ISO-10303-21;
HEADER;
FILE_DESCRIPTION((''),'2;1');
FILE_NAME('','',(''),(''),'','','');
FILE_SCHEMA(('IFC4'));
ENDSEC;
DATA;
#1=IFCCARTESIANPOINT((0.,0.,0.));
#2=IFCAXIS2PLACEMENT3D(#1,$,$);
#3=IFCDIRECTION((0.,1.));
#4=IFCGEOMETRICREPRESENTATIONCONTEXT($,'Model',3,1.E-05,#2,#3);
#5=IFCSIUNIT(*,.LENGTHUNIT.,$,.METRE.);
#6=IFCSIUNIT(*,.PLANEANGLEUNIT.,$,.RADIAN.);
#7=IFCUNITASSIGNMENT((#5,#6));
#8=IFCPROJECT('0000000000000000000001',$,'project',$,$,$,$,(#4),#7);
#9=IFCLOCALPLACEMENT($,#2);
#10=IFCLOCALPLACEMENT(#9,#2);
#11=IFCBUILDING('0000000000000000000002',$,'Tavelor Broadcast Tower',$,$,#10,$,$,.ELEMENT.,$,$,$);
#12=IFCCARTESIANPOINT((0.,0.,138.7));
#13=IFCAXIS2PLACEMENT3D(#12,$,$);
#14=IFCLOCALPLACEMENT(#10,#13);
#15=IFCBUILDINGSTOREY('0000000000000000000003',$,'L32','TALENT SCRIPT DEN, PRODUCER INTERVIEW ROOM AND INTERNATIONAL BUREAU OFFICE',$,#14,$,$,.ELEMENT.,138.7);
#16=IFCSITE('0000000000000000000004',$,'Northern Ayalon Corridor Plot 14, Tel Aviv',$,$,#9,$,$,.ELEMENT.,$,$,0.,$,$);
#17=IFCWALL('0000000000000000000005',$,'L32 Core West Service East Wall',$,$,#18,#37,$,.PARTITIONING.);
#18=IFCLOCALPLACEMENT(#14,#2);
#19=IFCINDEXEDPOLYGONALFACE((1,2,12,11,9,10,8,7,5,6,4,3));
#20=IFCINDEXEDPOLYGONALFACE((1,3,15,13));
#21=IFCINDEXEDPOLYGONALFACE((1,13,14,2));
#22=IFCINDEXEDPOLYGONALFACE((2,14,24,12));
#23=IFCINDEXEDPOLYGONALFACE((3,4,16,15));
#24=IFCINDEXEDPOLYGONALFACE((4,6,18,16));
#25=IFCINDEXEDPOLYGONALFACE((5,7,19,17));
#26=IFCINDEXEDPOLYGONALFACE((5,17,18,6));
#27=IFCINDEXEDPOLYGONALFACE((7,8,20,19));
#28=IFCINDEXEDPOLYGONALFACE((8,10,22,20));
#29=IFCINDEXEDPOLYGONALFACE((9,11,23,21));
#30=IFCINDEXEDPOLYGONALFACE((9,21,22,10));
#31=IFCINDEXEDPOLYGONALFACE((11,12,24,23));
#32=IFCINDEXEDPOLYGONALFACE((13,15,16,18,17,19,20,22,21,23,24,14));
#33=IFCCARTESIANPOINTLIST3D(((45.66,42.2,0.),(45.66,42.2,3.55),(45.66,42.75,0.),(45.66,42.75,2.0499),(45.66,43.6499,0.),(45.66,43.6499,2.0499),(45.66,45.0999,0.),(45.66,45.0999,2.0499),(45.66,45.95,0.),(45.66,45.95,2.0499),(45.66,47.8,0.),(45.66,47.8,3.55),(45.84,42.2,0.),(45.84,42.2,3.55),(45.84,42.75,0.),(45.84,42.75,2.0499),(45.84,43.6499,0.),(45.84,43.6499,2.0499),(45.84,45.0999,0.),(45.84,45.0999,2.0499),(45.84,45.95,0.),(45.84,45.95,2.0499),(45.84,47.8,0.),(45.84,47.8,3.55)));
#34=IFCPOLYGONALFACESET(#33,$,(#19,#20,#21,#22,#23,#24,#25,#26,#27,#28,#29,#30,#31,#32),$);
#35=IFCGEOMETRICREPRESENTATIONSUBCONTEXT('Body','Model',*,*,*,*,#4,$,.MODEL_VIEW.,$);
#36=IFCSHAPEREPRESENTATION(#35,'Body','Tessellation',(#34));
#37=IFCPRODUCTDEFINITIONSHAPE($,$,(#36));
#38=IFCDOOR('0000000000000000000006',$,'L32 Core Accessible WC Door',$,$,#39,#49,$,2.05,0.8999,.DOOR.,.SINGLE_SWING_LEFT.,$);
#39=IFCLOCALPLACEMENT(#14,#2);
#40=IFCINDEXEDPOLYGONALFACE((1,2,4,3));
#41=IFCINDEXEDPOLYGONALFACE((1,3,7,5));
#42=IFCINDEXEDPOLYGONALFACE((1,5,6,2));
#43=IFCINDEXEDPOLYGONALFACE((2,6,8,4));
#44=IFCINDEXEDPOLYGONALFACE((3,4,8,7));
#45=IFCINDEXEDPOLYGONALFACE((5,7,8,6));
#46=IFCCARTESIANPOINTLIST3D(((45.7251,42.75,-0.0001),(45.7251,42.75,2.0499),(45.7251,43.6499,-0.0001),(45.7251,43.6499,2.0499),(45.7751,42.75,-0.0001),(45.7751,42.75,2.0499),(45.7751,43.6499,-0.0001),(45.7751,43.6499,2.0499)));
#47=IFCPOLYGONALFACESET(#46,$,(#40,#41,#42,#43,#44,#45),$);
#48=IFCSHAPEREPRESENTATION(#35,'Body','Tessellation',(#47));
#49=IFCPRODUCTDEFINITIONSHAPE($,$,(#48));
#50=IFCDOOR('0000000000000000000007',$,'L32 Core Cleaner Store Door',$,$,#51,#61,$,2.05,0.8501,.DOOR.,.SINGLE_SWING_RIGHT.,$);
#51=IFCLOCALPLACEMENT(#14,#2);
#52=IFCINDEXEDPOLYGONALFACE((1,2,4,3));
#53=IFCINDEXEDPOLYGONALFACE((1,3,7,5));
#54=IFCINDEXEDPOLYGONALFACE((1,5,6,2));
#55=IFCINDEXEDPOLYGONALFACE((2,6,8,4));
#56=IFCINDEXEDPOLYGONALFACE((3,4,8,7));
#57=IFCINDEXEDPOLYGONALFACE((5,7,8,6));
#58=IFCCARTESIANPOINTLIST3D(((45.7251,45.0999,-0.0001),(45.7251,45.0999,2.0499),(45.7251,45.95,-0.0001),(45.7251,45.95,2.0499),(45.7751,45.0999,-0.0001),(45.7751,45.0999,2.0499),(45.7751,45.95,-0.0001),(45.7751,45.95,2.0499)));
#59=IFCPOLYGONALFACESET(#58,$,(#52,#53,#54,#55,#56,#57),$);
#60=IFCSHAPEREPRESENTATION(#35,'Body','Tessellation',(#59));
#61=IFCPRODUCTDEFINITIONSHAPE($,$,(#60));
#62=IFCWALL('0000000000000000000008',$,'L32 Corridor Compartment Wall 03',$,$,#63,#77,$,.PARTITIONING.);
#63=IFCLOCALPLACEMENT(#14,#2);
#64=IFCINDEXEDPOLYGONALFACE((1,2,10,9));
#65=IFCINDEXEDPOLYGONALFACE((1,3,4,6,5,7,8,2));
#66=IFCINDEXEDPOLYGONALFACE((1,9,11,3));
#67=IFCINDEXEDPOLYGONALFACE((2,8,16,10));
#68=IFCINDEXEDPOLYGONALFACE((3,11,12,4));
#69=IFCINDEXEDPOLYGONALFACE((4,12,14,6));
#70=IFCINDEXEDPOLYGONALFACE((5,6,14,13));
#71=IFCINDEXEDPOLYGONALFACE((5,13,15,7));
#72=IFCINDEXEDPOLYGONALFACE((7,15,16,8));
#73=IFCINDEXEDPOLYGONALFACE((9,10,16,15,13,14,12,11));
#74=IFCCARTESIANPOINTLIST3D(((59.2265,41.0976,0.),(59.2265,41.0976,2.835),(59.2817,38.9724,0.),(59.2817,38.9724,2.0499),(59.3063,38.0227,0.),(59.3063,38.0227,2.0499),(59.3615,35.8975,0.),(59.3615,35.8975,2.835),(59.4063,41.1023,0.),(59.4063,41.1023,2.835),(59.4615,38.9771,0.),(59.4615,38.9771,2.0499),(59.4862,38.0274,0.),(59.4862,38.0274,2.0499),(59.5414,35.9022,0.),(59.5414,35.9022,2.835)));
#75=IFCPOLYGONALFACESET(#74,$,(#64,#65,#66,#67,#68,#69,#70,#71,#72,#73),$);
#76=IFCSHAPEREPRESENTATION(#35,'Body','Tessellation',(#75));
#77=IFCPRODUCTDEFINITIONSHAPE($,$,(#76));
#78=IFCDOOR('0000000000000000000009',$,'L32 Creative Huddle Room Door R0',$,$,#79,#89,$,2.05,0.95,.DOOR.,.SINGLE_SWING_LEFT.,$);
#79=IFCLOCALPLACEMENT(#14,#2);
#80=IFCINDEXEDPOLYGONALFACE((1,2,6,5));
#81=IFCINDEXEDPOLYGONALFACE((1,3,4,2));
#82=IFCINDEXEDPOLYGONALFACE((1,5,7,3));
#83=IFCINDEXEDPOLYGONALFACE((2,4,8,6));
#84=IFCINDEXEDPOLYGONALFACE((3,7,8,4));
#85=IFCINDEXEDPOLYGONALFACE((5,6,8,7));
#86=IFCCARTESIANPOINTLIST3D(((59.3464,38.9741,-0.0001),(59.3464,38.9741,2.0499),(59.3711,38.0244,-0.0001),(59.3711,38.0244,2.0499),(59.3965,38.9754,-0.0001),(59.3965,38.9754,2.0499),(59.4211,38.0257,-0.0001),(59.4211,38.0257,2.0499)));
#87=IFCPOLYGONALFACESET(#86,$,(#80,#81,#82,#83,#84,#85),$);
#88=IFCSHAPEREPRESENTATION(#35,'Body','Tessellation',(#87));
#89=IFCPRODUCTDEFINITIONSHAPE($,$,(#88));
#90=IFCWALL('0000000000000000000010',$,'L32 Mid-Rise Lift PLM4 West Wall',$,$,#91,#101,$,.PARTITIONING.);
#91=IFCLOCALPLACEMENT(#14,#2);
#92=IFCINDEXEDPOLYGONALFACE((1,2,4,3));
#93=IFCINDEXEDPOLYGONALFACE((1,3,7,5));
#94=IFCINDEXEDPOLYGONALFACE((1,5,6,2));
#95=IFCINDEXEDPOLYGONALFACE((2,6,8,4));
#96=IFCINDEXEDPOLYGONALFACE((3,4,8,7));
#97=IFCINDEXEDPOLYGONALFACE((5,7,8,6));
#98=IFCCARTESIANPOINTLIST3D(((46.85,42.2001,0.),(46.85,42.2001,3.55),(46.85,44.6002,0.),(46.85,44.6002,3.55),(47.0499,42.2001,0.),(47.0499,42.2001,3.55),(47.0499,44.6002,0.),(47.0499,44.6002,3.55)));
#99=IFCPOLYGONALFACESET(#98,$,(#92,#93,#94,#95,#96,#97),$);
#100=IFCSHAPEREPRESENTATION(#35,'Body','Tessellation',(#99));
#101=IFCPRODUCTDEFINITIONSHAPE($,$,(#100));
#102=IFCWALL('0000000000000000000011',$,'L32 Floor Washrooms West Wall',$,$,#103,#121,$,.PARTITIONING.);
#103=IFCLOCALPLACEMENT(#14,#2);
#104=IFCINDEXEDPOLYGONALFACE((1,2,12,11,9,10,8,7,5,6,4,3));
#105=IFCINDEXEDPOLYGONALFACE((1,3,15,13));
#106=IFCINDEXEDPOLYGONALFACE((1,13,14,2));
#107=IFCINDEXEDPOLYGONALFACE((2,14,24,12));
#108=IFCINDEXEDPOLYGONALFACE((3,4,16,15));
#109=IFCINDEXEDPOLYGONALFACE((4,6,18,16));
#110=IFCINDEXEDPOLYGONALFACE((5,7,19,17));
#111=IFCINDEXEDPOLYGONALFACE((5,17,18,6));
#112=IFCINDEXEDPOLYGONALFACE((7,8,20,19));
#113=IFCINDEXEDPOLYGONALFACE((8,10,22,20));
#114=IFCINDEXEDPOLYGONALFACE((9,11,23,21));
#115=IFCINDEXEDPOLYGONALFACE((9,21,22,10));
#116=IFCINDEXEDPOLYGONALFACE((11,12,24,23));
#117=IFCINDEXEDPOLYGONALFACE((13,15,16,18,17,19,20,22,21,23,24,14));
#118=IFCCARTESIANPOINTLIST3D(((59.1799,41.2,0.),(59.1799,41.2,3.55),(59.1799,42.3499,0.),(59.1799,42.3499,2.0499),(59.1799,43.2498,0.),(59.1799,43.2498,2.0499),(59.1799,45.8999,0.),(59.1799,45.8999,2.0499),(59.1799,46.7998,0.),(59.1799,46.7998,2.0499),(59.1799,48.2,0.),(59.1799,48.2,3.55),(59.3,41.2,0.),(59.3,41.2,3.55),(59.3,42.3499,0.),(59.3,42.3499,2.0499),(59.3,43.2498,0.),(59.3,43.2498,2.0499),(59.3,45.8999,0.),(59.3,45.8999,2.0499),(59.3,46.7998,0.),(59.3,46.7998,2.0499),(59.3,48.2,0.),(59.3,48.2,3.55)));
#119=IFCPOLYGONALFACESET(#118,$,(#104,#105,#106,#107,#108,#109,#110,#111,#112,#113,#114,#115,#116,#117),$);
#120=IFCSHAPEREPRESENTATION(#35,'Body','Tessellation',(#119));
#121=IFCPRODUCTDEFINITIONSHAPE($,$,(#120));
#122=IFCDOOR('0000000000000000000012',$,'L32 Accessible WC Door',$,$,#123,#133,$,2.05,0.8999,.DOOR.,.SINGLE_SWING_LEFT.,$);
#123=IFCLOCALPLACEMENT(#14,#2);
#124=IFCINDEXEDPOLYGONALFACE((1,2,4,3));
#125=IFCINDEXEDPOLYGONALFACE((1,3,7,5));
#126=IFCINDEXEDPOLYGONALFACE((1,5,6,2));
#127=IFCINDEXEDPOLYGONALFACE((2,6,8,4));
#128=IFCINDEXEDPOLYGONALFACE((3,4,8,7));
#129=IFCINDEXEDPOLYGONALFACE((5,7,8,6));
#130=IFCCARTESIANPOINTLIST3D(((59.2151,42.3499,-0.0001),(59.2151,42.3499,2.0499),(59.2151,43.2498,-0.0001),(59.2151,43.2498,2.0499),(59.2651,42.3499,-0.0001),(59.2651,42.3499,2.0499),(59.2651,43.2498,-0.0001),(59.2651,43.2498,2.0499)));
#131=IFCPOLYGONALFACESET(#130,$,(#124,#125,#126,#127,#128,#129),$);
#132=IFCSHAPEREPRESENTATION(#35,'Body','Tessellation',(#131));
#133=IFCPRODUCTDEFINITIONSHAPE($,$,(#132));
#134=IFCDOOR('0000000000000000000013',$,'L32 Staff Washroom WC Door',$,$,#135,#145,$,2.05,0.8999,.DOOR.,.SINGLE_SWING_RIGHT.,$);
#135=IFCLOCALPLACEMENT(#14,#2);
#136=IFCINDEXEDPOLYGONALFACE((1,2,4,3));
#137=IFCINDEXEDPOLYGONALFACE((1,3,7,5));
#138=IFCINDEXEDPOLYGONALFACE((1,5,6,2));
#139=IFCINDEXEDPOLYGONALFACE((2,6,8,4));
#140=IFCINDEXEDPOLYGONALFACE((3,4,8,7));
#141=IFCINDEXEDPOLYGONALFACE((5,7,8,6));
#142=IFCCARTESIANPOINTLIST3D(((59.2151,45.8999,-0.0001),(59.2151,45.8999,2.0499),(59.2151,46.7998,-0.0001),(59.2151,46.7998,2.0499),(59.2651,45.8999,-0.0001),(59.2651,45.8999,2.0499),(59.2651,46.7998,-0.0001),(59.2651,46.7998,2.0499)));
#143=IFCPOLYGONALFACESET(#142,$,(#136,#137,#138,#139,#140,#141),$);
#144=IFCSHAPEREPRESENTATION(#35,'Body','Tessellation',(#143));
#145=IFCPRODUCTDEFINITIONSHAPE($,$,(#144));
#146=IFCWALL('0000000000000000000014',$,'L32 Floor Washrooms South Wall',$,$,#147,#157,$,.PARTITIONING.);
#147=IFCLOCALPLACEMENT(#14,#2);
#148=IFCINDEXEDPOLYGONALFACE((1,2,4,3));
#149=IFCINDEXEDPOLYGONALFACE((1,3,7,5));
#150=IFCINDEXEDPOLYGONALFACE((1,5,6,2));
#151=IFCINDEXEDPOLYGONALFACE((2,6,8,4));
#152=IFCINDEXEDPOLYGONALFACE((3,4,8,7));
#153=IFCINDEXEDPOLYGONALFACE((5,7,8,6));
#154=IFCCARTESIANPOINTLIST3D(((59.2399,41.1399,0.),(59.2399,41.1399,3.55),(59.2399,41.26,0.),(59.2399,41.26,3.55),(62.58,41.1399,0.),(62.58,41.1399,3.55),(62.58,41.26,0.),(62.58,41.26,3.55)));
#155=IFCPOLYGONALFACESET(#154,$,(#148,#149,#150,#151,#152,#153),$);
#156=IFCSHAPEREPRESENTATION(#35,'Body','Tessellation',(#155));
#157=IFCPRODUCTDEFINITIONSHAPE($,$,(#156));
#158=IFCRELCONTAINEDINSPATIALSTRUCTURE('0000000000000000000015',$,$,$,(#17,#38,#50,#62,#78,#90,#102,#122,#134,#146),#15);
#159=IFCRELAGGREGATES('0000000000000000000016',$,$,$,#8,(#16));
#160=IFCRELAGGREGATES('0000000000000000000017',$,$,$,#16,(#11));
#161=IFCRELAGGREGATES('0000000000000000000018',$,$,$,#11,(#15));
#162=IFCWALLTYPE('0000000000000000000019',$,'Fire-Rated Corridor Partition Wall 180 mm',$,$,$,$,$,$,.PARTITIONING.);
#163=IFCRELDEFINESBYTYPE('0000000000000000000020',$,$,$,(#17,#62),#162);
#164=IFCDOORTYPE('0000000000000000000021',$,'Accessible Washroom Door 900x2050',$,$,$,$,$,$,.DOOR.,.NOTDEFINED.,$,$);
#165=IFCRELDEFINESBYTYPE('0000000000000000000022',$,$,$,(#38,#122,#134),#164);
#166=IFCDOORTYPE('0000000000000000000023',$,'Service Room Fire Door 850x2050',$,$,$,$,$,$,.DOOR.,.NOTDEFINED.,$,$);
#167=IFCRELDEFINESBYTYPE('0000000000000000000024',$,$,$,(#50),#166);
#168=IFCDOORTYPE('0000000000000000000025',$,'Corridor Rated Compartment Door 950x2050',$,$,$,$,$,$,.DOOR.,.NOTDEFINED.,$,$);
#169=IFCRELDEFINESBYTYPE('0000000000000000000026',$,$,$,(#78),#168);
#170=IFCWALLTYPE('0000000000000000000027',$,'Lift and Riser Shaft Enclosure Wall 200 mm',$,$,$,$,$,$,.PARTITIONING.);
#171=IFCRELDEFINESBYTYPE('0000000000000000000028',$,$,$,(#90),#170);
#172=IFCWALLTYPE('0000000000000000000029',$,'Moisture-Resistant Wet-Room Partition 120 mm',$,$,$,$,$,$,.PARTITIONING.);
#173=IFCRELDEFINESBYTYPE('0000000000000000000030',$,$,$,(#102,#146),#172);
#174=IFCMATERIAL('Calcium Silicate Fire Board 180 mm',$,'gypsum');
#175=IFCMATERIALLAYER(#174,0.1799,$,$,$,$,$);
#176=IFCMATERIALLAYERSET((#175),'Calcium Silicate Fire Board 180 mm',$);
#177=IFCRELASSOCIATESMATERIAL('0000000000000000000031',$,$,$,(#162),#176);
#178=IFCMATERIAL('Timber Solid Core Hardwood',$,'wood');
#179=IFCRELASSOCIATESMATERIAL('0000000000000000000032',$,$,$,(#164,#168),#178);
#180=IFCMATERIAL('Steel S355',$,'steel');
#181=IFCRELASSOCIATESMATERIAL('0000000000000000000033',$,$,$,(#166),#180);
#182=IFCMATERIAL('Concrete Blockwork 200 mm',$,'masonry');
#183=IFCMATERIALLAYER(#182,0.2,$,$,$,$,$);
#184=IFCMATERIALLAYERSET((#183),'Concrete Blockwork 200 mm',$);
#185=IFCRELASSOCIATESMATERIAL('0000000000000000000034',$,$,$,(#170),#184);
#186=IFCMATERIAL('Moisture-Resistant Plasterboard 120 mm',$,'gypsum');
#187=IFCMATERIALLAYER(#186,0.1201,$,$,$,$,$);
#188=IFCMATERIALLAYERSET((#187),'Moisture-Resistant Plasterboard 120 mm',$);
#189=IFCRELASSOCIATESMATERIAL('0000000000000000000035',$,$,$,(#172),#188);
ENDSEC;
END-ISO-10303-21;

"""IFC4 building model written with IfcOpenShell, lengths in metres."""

from ifc_helpers import new_model, si_unit, direction, frame, frame_2d, origin, place, context, subcontext, project, spatial, rectangle, extrude, material, layer, layer_set, type_object, element, fill, save


model = new_model("IFC4")

# Units and contexts
model_context = context("Model", 3, precision=1e-05, world=origin(), true_north=direction((0.0, 1.0)))
body_context = subcontext(model_context, "Body", "Model", "MODEL_VIEW")
ifc_project = project(units=[si_unit("LENGTHUNIT", "METRE"), si_unit("PLANEANGLEUNIT", "RADIAN")], contexts=[model_context])

# Site, building, storey
site_placement = place(None, origin())
site = spatial("IfcSite", under=ifc_project, at=site_placement, Name="Northern Ayalon Corridor Plot 14, Tel Aviv", CompositionType="ELEMENT", RefElevation=0.0)
building_placement = place(site_placement, origin())
building = spatial("IfcBuilding", under=site, at=building_placement, Name="Tavelor Broadcast Tower", CompositionType="ELEMENT")
storey_placement = place(building_placement, frame((0.0, 0.0, 138.7)))
storey = spatial("IfcBuildingStorey", under=building, at=storey_placement, Name="L32", Description="TALENT SCRIPT DEN, PRODUCER INTERVIEW ROOM AND INTERNATIONAL BUREAU OFFICE", CompositionType="ELEMENT", Elevation=138.7)

# Shared definitions
ifc_material_1 = material(Name="Steel S355", Category="steel")

# Wall, openings, doors
ifc_material_2 = material(Name="Calcium Silicate Fire Board 180 mm", Category="gypsum")
ifc_layer_1 = layer(ifc_material_2, 0.1799)
ifc_layer_set_1 = layer_set([ifc_layer_1], Name="Calcium Silicate Fire Board 180 mm")
wall_type_1 = type_object("IfcWallType", Name="Fire-Rated Corridor Partition Wall 180 mm", PredefinedType="PARTITIONING", material=ifc_layer_set_1)
wall_1_placement = place(storey_placement, frame((45.75, 42.2, 0.0), z_axis=(0.0, 0.0, 1.0), x_axis=(0.0, 1.0, 0.0)))
wall_1 = element("IfcWall", 1, at=wall_1_placement, inside=storey, type_object=wall_type_1, Name="L32 Core West Service East Wall", PredefinedType="PARTITIONING", context=body_context, shape_type="SweptSolid", body=[
    extrude(rectangle(XDim=5.6001, YDim=0.1799, at=frame_2d((2.8, 0.0))), origin(), (0.0, 0.0, 1.0), 3.55),
])
opening_1_placement = place(wall_1_placement, frame((0.55, 0.0, 0.0)))
opening_1 = element("IfcOpeningElement", 2, at=opening_1_placement, cuts=wall_1, PredefinedType="OPENING", context=body_context, shape_type="SweptSolid", body=[
    extrude(rectangle(XDim=0.8999, YDim=2.05, at=frame_2d((0.45, 1.0249))), frame((0.0, 0.1001, 0.0), z_axis=(0.0, -1.0, 0.0), x_axis=(1.0, 0.0, 0.0)), (0.0, 0.0, 1.0), 0.2),
])
opening_2_placement = place(wall_1_placement, frame((2.8999, 0.0, 0.0)))
opening_2 = element("IfcOpeningElement", 3, at=opening_2_placement, cuts=wall_1, PredefinedType="OPENING", context=body_context, shape_type="SweptSolid", body=[
    extrude(rectangle(XDim=0.8501, YDim=2.05, at=frame_2d((0.425, 1.0249))), frame((0.0, 0.1001, 0.0), z_axis=(0.0, -1.0, 0.0), x_axis=(1.0, 0.0, 0.0)), (0.0, 0.0, 1.0), 0.2),
])
ifc_material_3 = material(Name="Timber Solid Core Hardwood", Category="wood")
door_type_1 = type_object("IfcDoorType", Name="Accessible Washroom Door 900x2050", OperationType="NOTDEFINED", PredefinedType="DOOR", material=ifc_material_3)
door_1_placement = place(opening_1_placement, origin())
door_1 = element("IfcDoor", 4, at=door_1_placement, inside=storey, type_object=door_type_1, Name="L32 Core Accessible WC Door", OperationType="SINGLE_SWING_LEFT", OverallHeight=2.05, OverallWidth=0.8999, PredefinedType="DOOR", context=body_context, shape_type="SweptSolid", body=[
    extrude(rectangle(XDim=0.8999, YDim=2.05, at=frame_2d((0.45, 1.0249))), frame((0.0, 0.0249, 0.0), z_axis=(0.0, -1.0, 0.0), x_axis=(1.0, 0.0, 0.0)), (0.0, 0.0, 1.0), 0.05),
])
fill(opening_1, door_1)
door_type_2 = type_object("IfcDoorType", Name="Service Room Fire Door 850x2050", OperationType="NOTDEFINED", PredefinedType="DOOR", material=ifc_material_1)
door_2_placement = place(opening_2_placement, origin())
door_2 = element("IfcDoor", 5, at=door_2_placement, inside=storey, type_object=door_type_2, Name="L32 Core Cleaner Store Door", OperationType="SINGLE_SWING_RIGHT", OverallHeight=2.05, OverallWidth=0.8501, PredefinedType="DOOR", context=body_context, shape_type="SweptSolid", body=[
    extrude(rectangle(XDim=0.8501, YDim=2.05, at=frame_2d((0.425, 1.0249))), frame((0.0, 0.0249, 0.0), z_axis=(0.0, -1.0, 0.0), x_axis=(1.0, 0.0, 0.0)), (0.0, 0.0, 1.0), 0.05),
])
fill(opening_2, door_2)

# Wall, opening, door
wall_2_placement = place(storey_placement, frame((59.3164, 41.1001, 0.0), z_axis=(0.0, 0.0, 1.0), x_axis=(0.025954, -0.999663, 0.0)))
wall_2 = element("IfcWall", 6, at=wall_2_placement, inside=storey, type_object=wall_type_1, Name="L32 Corridor Compartment Wall 03", PredefinedType="PARTITIONING", context=body_context, shape_type="SweptSolid", body=[
    extrude(rectangle(XDim=5.2019, YDim=0.1799, at=frame_2d((2.6011, 0.0))), origin(), (0.0, 0.0, 1.0), 2.835),
])
opening_3_placement = place(wall_2_placement, frame((2.126, 0.0, 0.0)))
opening_3 = element("IfcOpeningElement", 7, at=opening_3_placement, cuts=wall_2, PredefinedType="OPENING", context=body_context, shape_type="SweptSolid", body=[
    extrude(rectangle(XDim=0.95, YDim=2.05, at=frame_2d((0.4751, 1.0249))), frame((0.0, 0.1001, 0.0), z_axis=(0.0, -1.0, 0.0), x_axis=(1.0, 0.0, 0.0)), (0.0, 0.0, 1.0), 0.2),
])
door_type_3 = type_object("IfcDoorType", Name="Corridor Rated Compartment Door 950x2050", OperationType="NOTDEFINED", PredefinedType="DOOR", material=ifc_material_3)
door_3_placement = place(opening_3_placement, origin())
door_3 = element("IfcDoor", 8, at=door_3_placement, inside=storey, type_object=door_type_3, Name="L32 Creative Huddle Room Door R0", OperationType="SINGLE_SWING_LEFT", OverallHeight=2.05, OverallWidth=0.95, PredefinedType="DOOR", context=body_context, shape_type="SweptSolid", body=[
    extrude(rectangle(XDim=0.95, YDim=2.05, at=frame_2d((0.4751, 1.0249))), frame((0.0, 0.0249, 0.0), z_axis=(0.0, -1.0, 0.0), x_axis=(1.0, 0.0, 0.0)), (0.0, 0.0, 1.0), 0.05),
])
fill(opening_3, door_3)
ifc_material_4 = material(Name="Concrete Blockwork 200 mm", Category="masonry")

# Wall
ifc_layer_2 = layer(ifc_material_4, 0.2)
ifc_layer_set_2 = layer_set([ifc_layer_2], Name="Concrete Blockwork 200 mm")
wall_type_2 = type_object("IfcWallType", Name="Lift and Riser Shaft Enclosure Wall 200 mm", PredefinedType="PARTITIONING", material=ifc_layer_set_2)
wall_3_placement = place(storey_placement, frame((46.95, 42.2, 0.0), z_axis=(0.0, 0.0, 1.0), x_axis=(0.0, 1.0, 0.0)))
element("IfcWall", 9, at=wall_3_placement, inside=storey, type_object=wall_type_2, Name="L32 Mid-Rise Lift PLM4 West Wall", PredefinedType="PARTITIONING", context=body_context, shape_type="SweptSolid", body=[
    extrude(rectangle(XDim=2.4001, YDim=0.2, at=frame_2d((1.2002, 0.0))), origin(), (0.0, 0.0, 1.0), 3.55),
])

# Wall, openings, doors
ifc_material_5 = material(Name="Moisture-Resistant Plasterboard 120 mm", Category="gypsum")
ifc_layer_3 = layer(ifc_material_5, 0.1201)
ifc_layer_set_3 = layer_set([ifc_layer_3], Name="Moisture-Resistant Plasterboard 120 mm")
wall_type_3 = type_object("IfcWallType", Name="Moisture-Resistant Wet-Room Partition 120 mm", PredefinedType="PARTITIONING", material=ifc_layer_set_3)
wall_4_placement = place(storey_placement, frame((59.24, 41.2, 0.0), z_axis=(0.0, 0.0, 1.0), x_axis=(0.0, 1.0, 0.0)))
wall_4 = element("IfcWall", 10, at=wall_4_placement, inside=storey, type_object=wall_type_3, Name="L32 Floor Washrooms West Wall", PredefinedType="PARTITIONING", context=body_context, shape_type="SweptSolid", body=[
    extrude(rectangle(XDim=7.0, YDim=0.1201, at=frame_2d((3.5, 0.0))), origin(), (0.0, 0.0, 1.0), 3.55),
])
opening_4_placement = place(wall_4_placement, frame((1.1499, 0.0, 0.0)))
opening_4 = element("IfcOpeningElement", 11, at=opening_4_placement, cuts=wall_4, PredefinedType="OPENING", context=body_context, shape_type="SweptSolid", body=[
    extrude(rectangle(XDim=0.8999, YDim=2.05, at=frame_2d((0.45, 1.0249))), frame((0.0, 0.0701, 0.0), z_axis=(0.0, -1.0, 0.0), x_axis=(1.0, 0.0, 0.0)), (0.0, 0.0, 1.0), 0.1401),
])
opening_5_placement = place(wall_4_placement, frame((4.7, 0.0, 0.0)))
opening_5 = element("IfcOpeningElement", 12, at=opening_5_placement, cuts=wall_4, PredefinedType="OPENING", context=body_context, shape_type="SweptSolid", body=[
    extrude(rectangle(XDim=0.8999, YDim=2.05, at=frame_2d((0.45, 1.0249))), frame((0.0, 0.0701, 0.0), z_axis=(0.0, -1.0, 0.0), x_axis=(1.0, 0.0, 0.0)), (0.0, 0.0, 1.0), 0.1401),
])
door_4_placement = place(opening_4_placement, origin())
door_4 = element("IfcDoor", 13, at=door_4_placement, inside=storey, type_object=door_type_1, Name="L32 Accessible WC Door", OperationType="SINGLE_SWING_LEFT", OverallHeight=2.05, OverallWidth=0.8999, PredefinedType="DOOR", context=body_context, shape_type="SweptSolid", body=[
    extrude(rectangle(XDim=0.8999, YDim=2.05, at=frame_2d((0.45, 1.0249))), frame((0.0, 0.0249, 0.0), z_axis=(0.0, -1.0, 0.0), x_axis=(1.0, 0.0, 0.0)), (0.0, 0.0, 1.0), 0.05),
])
fill(opening_4, door_4)
door_5_placement = place(opening_5_placement, origin())
door_5 = element("IfcDoor", 14, at=door_5_placement, inside=storey, type_object=door_type_1, Name="L32 Staff Washroom WC Door", OperationType="SINGLE_SWING_RIGHT", OverallHeight=2.05, OverallWidth=0.8999, PredefinedType="DOOR", context=body_context, shape_type="SweptSolid", body=[
    extrude(rectangle(XDim=0.8999, YDim=2.05, at=frame_2d((0.45, 1.0249))), frame((0.0, 0.0249, 0.0), z_axis=(0.0, -1.0, 0.0), x_axis=(1.0, 0.0, 0.0)), (0.0, 0.0, 1.0), 0.05),
])
fill(opening_5, door_5)

# Wall
wall_5_placement = place(storey_placement, frame((59.24, 41.2, 0.0), z_axis=(0.0, 0.0, 1.0), x_axis=(1.0, 0.0, 0.0)))
element("IfcWall", 15, at=wall_5_placement, inside=storey, type_object=wall_type_3, Name="L32 Floor Washrooms South Wall", PredefinedType="PARTITIONING", context=body_context, shape_type="SweptSolid", body=[
    extrude(rectangle(XDim=3.3401, YDim=0.1201, at=frame_2d((1.6699, 0.0))), origin(), (0.0, 0.0, 1.0), 3.55),
])

save(model, "model.ifc")
